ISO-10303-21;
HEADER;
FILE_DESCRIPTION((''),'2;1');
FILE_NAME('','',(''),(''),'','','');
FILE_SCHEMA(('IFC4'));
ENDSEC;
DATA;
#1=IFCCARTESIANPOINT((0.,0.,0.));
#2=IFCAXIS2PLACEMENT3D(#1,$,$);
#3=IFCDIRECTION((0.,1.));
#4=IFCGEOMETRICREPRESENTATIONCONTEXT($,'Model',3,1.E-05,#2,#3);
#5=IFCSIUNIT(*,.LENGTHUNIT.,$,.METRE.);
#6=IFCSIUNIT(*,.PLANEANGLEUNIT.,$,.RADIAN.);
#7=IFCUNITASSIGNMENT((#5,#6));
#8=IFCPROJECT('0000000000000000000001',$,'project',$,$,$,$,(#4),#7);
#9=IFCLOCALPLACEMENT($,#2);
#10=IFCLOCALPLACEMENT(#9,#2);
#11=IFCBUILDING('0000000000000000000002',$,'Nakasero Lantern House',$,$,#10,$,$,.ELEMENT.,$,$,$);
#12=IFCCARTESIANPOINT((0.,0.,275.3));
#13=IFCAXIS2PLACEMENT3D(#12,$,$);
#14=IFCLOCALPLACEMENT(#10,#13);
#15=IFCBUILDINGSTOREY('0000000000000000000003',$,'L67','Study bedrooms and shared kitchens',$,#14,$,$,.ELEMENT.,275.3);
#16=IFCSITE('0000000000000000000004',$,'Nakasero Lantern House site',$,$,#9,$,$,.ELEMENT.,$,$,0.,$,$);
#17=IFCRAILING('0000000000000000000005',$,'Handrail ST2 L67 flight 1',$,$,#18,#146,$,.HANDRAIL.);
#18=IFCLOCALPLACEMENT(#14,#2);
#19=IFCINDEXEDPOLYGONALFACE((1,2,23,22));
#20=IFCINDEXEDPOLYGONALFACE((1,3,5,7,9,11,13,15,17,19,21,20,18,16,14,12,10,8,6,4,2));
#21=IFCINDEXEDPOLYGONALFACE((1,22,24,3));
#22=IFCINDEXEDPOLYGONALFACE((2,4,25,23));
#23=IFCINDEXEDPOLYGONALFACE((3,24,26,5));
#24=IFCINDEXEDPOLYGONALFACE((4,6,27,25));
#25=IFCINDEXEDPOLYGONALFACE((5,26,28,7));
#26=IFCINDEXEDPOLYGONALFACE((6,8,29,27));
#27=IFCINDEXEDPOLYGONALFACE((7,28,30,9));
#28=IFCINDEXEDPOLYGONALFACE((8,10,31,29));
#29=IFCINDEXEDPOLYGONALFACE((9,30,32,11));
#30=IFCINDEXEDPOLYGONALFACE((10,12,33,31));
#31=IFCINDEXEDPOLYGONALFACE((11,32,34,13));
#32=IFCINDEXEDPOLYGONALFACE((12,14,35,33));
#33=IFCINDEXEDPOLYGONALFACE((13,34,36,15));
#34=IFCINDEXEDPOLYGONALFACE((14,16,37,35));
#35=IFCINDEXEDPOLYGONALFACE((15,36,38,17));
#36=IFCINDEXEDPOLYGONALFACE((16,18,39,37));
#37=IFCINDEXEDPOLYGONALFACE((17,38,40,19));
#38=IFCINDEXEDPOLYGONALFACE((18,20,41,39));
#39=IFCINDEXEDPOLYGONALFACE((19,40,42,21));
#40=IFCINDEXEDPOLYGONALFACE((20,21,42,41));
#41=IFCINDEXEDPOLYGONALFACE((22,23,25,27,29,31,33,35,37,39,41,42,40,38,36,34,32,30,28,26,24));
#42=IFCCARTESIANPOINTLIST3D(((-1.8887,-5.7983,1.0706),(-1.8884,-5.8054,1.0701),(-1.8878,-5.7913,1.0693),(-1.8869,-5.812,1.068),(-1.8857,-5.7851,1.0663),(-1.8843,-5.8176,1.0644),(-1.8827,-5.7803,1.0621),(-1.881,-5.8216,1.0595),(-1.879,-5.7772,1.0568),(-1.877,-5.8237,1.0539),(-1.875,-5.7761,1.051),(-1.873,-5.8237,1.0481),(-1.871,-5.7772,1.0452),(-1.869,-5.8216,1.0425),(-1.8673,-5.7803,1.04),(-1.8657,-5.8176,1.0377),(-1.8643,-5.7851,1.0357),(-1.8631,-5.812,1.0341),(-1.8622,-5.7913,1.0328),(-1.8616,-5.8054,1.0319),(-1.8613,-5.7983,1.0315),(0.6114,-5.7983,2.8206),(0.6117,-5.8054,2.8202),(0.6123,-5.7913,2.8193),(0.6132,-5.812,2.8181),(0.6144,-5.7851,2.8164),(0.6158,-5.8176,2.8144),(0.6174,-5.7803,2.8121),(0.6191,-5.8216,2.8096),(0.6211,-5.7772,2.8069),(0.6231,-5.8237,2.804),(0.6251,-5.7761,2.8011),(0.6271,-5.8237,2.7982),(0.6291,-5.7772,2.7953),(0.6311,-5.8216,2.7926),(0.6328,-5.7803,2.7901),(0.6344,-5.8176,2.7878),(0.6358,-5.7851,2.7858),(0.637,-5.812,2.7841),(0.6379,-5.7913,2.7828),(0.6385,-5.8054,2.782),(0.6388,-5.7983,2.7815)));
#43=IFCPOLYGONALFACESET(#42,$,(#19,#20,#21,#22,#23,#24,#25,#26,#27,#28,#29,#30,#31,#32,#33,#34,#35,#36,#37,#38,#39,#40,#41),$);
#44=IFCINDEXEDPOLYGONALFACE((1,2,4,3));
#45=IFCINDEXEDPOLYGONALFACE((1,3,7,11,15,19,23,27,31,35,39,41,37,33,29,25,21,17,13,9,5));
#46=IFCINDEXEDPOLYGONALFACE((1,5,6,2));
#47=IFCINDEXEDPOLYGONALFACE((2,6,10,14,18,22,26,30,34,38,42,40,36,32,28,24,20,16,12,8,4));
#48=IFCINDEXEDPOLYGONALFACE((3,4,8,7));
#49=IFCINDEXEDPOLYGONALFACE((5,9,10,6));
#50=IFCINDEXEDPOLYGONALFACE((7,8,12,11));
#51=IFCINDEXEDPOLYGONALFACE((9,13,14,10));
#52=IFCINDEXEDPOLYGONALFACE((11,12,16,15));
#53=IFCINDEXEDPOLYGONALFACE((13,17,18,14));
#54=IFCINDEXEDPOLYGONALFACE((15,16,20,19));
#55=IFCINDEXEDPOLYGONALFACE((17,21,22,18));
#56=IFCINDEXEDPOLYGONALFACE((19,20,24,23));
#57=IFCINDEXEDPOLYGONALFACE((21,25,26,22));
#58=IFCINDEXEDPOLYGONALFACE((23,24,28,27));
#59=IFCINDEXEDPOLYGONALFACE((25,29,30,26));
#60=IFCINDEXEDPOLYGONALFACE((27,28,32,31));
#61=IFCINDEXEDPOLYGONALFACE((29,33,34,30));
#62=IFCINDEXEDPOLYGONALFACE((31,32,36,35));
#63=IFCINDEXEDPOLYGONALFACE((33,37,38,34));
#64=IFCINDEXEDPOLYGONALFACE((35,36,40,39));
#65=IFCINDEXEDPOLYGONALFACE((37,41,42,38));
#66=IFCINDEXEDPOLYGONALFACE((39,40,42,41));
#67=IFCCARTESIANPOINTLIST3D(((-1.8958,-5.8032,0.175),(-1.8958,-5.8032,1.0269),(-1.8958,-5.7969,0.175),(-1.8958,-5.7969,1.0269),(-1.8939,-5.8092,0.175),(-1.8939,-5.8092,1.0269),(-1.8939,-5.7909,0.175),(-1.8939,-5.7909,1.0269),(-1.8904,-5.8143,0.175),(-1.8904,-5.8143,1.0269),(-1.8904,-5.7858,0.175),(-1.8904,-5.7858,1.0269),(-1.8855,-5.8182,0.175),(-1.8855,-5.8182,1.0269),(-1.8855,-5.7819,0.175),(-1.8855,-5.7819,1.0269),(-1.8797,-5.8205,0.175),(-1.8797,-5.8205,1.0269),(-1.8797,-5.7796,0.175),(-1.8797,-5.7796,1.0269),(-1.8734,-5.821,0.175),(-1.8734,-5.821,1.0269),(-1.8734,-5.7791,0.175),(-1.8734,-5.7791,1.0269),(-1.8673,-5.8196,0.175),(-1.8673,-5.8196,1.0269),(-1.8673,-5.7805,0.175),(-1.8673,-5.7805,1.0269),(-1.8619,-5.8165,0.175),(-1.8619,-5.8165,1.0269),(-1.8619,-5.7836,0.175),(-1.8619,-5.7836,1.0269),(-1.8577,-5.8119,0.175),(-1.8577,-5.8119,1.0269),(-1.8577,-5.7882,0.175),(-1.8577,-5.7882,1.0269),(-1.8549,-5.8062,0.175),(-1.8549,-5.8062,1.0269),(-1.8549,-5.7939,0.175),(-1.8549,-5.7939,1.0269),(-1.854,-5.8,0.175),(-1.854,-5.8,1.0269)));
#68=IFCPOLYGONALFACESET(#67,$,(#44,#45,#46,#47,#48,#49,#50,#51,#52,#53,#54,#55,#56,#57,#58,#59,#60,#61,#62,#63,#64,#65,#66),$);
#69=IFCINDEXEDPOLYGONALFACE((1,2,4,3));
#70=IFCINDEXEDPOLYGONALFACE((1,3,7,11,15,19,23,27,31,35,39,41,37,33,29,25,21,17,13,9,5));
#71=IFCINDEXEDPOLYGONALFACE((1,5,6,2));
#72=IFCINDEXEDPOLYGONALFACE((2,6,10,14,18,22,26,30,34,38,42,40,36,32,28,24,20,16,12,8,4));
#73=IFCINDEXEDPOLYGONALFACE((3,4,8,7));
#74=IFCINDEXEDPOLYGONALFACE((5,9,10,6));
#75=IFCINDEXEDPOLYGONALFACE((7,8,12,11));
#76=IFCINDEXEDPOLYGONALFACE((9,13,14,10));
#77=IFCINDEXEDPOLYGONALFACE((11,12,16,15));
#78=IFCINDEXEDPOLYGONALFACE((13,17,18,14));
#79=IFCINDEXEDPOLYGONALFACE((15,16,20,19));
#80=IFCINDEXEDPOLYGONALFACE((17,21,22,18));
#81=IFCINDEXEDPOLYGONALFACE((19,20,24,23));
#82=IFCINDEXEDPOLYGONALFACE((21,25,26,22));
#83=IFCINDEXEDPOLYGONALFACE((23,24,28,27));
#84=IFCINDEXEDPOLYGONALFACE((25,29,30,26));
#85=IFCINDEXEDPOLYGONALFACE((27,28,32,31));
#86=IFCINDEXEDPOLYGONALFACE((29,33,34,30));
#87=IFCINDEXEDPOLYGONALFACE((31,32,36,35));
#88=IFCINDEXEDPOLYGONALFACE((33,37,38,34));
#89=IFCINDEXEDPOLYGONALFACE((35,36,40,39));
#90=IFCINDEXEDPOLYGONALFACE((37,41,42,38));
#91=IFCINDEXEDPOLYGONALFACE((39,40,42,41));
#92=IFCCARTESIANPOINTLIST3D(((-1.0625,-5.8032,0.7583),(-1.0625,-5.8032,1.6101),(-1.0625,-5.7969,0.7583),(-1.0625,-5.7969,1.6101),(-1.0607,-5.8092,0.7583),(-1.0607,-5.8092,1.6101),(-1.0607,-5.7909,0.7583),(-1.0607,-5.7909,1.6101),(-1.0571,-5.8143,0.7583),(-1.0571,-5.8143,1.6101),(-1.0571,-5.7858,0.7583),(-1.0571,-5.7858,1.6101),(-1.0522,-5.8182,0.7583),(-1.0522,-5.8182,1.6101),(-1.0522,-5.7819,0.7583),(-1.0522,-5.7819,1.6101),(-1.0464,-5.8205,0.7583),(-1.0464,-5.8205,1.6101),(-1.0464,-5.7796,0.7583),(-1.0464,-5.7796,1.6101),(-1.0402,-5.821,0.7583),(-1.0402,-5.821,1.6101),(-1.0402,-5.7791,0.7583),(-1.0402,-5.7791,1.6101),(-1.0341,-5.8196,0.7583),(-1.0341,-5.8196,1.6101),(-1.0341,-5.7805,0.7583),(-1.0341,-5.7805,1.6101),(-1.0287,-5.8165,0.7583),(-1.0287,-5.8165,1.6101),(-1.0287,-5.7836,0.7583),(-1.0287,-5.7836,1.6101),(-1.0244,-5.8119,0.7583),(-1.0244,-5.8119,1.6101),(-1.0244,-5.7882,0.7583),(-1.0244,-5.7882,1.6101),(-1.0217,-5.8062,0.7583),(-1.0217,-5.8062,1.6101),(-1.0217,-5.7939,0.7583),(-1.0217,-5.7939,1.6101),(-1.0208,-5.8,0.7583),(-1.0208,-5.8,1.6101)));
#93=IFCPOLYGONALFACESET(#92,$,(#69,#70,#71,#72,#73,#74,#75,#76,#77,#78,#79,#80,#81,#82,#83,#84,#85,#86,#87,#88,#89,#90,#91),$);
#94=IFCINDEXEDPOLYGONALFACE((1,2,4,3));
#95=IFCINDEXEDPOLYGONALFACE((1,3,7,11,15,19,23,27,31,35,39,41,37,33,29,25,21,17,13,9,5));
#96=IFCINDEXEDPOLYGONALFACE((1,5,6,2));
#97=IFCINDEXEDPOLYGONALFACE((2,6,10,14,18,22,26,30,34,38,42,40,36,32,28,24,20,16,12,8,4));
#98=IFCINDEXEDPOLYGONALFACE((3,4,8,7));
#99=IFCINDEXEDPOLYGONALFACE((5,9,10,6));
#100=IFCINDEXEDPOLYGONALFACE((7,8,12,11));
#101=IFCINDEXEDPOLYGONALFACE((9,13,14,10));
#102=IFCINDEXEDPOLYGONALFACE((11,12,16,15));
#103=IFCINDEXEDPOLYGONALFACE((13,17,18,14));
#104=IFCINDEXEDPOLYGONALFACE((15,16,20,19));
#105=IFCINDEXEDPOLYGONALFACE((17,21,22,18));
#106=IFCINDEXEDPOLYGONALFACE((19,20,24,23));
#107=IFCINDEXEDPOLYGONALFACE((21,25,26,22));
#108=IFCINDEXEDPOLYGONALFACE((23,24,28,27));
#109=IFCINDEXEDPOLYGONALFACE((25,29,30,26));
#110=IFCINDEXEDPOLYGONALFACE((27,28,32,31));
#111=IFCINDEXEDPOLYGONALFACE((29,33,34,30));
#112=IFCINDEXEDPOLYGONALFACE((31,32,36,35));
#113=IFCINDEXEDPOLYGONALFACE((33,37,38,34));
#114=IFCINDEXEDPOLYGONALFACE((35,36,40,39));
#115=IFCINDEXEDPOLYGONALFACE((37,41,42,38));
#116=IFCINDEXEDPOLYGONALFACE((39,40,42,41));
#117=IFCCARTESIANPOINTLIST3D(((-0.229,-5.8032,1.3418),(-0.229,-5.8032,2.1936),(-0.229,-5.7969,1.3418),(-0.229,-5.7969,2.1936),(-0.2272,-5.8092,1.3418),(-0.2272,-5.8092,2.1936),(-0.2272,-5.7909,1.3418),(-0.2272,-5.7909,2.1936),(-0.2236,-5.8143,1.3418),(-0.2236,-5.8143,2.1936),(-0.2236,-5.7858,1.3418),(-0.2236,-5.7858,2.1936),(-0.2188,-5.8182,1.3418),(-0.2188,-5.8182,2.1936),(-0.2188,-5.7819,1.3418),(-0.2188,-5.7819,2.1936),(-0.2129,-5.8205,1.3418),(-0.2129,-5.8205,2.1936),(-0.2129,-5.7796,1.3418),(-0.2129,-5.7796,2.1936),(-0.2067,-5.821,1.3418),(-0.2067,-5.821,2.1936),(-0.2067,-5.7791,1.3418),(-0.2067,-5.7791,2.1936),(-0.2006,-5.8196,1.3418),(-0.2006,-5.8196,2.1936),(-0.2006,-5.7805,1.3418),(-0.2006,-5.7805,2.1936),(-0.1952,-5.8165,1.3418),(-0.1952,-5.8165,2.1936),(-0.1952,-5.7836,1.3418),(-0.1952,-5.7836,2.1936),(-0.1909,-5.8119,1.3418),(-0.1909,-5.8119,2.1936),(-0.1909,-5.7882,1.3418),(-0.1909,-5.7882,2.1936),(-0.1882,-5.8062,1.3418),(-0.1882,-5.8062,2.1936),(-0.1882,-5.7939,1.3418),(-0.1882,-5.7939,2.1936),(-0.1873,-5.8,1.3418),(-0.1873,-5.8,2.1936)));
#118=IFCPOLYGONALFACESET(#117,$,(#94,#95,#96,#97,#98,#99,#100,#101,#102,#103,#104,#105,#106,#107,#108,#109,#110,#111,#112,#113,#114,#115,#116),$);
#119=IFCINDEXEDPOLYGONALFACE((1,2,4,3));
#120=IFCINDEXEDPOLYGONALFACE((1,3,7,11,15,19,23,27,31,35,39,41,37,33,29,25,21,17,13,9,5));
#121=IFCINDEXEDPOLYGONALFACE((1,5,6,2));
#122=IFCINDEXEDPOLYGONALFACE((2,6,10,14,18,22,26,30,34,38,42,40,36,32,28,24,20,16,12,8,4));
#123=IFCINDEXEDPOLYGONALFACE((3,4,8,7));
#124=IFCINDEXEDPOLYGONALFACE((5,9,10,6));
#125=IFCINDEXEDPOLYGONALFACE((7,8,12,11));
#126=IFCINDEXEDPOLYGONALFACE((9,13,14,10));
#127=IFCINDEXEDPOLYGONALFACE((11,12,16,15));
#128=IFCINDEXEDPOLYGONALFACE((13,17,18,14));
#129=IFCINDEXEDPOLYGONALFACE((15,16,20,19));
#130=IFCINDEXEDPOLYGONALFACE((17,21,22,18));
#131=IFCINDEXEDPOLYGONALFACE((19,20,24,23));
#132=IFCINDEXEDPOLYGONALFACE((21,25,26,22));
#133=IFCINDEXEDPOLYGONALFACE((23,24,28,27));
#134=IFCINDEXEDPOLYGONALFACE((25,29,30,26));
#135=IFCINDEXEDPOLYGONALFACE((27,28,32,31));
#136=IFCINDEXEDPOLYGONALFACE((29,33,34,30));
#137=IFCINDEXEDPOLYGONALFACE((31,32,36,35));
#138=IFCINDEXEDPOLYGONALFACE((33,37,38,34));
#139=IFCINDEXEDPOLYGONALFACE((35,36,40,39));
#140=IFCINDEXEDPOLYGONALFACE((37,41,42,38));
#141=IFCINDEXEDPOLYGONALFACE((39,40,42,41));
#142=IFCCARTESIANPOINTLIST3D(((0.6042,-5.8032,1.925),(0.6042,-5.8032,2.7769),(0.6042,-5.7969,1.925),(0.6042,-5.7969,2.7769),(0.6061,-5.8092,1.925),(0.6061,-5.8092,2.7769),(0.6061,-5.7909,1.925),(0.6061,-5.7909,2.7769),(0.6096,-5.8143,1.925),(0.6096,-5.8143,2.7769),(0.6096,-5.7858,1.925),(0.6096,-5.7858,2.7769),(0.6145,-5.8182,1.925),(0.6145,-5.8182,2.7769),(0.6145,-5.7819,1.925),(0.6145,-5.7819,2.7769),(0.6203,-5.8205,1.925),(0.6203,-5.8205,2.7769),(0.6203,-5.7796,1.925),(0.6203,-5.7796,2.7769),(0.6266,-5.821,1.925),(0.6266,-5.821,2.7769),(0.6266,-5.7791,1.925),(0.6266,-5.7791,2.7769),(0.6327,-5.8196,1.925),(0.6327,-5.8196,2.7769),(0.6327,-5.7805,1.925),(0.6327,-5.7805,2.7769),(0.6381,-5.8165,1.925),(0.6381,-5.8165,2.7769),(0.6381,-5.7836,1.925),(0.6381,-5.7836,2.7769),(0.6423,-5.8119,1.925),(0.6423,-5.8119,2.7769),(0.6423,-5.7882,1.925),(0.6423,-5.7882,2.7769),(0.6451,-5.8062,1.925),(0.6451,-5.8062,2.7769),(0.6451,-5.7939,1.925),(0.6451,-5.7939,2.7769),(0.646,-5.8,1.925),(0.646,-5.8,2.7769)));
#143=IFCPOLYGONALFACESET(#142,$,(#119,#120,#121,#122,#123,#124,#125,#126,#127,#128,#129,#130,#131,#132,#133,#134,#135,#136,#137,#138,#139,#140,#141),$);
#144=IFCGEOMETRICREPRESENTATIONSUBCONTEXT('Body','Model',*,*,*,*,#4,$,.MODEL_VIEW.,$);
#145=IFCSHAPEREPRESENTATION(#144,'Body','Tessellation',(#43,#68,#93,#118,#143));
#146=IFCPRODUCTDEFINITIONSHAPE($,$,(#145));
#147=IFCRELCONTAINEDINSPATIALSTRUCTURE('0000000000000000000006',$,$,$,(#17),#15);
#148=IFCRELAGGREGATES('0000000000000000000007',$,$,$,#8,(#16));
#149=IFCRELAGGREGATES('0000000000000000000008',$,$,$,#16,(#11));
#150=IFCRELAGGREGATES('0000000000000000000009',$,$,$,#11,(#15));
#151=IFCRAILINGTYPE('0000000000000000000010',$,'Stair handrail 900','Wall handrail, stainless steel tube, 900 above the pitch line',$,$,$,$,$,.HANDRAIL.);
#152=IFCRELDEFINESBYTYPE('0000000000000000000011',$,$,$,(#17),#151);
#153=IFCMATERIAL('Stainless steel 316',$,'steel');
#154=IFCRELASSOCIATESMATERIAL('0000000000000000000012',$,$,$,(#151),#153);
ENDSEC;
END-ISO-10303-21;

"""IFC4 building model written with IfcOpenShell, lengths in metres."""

from ifc_helpers import new_model, si_unit, direction, frame, origin, origin_2d, place, context, subcontext, project, spatial, circle, extrude, material, type_object, element, save


model = new_model("IFC4")

# Units and contexts
model_context = context("Model", 3, precision=1e-05, world=origin(), true_north=direction((0.0, 1.0)))
body_context = subcontext(model_context, "Body", "Model", "MODEL_VIEW")
ifc_project = project(units=[si_unit("LENGTHUNIT", "METRE"), si_unit("PLANEANGLEUNIT", "RADIAN")], contexts=[model_context])

# Site, building, storey
site_placement = place(None, origin())
site = spatial("IfcSite", under=ifc_project, at=site_placement, Name="Nakasero Lantern House site", CompositionType="ELEMENT", RefElevation=0.0)
building_placement = place(site_placement, origin())
building = spatial("IfcBuilding", under=site, at=building_placement, Name="Nakasero Lantern House", CompositionType="ELEMENT")
storey_placement = place(building_placement, frame((0.0, 0.0, 275.3)))
storey = spatial("IfcBuildingStorey", under=building, at=storey_placement, Name="L67", Description="Study bedrooms and shared kitchens", CompositionType="ELEMENT", Elevation=275.3)

# Railing
ifc_material_1 = material(Name="Stainless steel 316", Category="steel")
railing_type = type_object("IfcRailingType", Name="Stair handrail 900", Description="Wall handrail, stainless steel tube, 900 above the pitch line", PredefinedType="HANDRAIL", material=ifc_material_1)
railing_placement = place(storey_placement, frame((-1.875, -5.8, 0.175)))
element("IfcRailing", 1, at=railing_placement, inside=storey, type_object=railing_type, Name="Handrail ST2 L67 flight 1", PredefinedType="HANDRAIL", context=body_context, shape_type="SweptSolid", body=[
    extrude(circle(Radius=0.0239, at=origin_2d()), frame((0.0, 0.0, 0.876), z_axis=(0.819232, 0.0, 0.573462), x_axis=(0.0, 1.0, 0.0)), (0.0, 0.0, 1.0), 3.0518),
    extrude(circle(Radius=0.021, at=origin_2d()), origin(), (0.0, 0.0, 1.0), 0.8518),
    extrude(circle(Radius=0.021, at=origin_2d()), frame((0.8333, 0.0, 0.5833)), (0.0, 0.0, 1.0), 0.8518),
    extrude(circle(Radius=0.021, at=origin_2d()), frame((1.6667, 0.0, 1.1667)), (0.0, 0.0, 1.0), 0.8518),
    extrude(circle(Radius=0.021, at=origin_2d()), frame((2.5, 0.0, 1.75)), (0.0, 0.0, 1.0), 0.8518),
])

save(model, "model.ifc")
